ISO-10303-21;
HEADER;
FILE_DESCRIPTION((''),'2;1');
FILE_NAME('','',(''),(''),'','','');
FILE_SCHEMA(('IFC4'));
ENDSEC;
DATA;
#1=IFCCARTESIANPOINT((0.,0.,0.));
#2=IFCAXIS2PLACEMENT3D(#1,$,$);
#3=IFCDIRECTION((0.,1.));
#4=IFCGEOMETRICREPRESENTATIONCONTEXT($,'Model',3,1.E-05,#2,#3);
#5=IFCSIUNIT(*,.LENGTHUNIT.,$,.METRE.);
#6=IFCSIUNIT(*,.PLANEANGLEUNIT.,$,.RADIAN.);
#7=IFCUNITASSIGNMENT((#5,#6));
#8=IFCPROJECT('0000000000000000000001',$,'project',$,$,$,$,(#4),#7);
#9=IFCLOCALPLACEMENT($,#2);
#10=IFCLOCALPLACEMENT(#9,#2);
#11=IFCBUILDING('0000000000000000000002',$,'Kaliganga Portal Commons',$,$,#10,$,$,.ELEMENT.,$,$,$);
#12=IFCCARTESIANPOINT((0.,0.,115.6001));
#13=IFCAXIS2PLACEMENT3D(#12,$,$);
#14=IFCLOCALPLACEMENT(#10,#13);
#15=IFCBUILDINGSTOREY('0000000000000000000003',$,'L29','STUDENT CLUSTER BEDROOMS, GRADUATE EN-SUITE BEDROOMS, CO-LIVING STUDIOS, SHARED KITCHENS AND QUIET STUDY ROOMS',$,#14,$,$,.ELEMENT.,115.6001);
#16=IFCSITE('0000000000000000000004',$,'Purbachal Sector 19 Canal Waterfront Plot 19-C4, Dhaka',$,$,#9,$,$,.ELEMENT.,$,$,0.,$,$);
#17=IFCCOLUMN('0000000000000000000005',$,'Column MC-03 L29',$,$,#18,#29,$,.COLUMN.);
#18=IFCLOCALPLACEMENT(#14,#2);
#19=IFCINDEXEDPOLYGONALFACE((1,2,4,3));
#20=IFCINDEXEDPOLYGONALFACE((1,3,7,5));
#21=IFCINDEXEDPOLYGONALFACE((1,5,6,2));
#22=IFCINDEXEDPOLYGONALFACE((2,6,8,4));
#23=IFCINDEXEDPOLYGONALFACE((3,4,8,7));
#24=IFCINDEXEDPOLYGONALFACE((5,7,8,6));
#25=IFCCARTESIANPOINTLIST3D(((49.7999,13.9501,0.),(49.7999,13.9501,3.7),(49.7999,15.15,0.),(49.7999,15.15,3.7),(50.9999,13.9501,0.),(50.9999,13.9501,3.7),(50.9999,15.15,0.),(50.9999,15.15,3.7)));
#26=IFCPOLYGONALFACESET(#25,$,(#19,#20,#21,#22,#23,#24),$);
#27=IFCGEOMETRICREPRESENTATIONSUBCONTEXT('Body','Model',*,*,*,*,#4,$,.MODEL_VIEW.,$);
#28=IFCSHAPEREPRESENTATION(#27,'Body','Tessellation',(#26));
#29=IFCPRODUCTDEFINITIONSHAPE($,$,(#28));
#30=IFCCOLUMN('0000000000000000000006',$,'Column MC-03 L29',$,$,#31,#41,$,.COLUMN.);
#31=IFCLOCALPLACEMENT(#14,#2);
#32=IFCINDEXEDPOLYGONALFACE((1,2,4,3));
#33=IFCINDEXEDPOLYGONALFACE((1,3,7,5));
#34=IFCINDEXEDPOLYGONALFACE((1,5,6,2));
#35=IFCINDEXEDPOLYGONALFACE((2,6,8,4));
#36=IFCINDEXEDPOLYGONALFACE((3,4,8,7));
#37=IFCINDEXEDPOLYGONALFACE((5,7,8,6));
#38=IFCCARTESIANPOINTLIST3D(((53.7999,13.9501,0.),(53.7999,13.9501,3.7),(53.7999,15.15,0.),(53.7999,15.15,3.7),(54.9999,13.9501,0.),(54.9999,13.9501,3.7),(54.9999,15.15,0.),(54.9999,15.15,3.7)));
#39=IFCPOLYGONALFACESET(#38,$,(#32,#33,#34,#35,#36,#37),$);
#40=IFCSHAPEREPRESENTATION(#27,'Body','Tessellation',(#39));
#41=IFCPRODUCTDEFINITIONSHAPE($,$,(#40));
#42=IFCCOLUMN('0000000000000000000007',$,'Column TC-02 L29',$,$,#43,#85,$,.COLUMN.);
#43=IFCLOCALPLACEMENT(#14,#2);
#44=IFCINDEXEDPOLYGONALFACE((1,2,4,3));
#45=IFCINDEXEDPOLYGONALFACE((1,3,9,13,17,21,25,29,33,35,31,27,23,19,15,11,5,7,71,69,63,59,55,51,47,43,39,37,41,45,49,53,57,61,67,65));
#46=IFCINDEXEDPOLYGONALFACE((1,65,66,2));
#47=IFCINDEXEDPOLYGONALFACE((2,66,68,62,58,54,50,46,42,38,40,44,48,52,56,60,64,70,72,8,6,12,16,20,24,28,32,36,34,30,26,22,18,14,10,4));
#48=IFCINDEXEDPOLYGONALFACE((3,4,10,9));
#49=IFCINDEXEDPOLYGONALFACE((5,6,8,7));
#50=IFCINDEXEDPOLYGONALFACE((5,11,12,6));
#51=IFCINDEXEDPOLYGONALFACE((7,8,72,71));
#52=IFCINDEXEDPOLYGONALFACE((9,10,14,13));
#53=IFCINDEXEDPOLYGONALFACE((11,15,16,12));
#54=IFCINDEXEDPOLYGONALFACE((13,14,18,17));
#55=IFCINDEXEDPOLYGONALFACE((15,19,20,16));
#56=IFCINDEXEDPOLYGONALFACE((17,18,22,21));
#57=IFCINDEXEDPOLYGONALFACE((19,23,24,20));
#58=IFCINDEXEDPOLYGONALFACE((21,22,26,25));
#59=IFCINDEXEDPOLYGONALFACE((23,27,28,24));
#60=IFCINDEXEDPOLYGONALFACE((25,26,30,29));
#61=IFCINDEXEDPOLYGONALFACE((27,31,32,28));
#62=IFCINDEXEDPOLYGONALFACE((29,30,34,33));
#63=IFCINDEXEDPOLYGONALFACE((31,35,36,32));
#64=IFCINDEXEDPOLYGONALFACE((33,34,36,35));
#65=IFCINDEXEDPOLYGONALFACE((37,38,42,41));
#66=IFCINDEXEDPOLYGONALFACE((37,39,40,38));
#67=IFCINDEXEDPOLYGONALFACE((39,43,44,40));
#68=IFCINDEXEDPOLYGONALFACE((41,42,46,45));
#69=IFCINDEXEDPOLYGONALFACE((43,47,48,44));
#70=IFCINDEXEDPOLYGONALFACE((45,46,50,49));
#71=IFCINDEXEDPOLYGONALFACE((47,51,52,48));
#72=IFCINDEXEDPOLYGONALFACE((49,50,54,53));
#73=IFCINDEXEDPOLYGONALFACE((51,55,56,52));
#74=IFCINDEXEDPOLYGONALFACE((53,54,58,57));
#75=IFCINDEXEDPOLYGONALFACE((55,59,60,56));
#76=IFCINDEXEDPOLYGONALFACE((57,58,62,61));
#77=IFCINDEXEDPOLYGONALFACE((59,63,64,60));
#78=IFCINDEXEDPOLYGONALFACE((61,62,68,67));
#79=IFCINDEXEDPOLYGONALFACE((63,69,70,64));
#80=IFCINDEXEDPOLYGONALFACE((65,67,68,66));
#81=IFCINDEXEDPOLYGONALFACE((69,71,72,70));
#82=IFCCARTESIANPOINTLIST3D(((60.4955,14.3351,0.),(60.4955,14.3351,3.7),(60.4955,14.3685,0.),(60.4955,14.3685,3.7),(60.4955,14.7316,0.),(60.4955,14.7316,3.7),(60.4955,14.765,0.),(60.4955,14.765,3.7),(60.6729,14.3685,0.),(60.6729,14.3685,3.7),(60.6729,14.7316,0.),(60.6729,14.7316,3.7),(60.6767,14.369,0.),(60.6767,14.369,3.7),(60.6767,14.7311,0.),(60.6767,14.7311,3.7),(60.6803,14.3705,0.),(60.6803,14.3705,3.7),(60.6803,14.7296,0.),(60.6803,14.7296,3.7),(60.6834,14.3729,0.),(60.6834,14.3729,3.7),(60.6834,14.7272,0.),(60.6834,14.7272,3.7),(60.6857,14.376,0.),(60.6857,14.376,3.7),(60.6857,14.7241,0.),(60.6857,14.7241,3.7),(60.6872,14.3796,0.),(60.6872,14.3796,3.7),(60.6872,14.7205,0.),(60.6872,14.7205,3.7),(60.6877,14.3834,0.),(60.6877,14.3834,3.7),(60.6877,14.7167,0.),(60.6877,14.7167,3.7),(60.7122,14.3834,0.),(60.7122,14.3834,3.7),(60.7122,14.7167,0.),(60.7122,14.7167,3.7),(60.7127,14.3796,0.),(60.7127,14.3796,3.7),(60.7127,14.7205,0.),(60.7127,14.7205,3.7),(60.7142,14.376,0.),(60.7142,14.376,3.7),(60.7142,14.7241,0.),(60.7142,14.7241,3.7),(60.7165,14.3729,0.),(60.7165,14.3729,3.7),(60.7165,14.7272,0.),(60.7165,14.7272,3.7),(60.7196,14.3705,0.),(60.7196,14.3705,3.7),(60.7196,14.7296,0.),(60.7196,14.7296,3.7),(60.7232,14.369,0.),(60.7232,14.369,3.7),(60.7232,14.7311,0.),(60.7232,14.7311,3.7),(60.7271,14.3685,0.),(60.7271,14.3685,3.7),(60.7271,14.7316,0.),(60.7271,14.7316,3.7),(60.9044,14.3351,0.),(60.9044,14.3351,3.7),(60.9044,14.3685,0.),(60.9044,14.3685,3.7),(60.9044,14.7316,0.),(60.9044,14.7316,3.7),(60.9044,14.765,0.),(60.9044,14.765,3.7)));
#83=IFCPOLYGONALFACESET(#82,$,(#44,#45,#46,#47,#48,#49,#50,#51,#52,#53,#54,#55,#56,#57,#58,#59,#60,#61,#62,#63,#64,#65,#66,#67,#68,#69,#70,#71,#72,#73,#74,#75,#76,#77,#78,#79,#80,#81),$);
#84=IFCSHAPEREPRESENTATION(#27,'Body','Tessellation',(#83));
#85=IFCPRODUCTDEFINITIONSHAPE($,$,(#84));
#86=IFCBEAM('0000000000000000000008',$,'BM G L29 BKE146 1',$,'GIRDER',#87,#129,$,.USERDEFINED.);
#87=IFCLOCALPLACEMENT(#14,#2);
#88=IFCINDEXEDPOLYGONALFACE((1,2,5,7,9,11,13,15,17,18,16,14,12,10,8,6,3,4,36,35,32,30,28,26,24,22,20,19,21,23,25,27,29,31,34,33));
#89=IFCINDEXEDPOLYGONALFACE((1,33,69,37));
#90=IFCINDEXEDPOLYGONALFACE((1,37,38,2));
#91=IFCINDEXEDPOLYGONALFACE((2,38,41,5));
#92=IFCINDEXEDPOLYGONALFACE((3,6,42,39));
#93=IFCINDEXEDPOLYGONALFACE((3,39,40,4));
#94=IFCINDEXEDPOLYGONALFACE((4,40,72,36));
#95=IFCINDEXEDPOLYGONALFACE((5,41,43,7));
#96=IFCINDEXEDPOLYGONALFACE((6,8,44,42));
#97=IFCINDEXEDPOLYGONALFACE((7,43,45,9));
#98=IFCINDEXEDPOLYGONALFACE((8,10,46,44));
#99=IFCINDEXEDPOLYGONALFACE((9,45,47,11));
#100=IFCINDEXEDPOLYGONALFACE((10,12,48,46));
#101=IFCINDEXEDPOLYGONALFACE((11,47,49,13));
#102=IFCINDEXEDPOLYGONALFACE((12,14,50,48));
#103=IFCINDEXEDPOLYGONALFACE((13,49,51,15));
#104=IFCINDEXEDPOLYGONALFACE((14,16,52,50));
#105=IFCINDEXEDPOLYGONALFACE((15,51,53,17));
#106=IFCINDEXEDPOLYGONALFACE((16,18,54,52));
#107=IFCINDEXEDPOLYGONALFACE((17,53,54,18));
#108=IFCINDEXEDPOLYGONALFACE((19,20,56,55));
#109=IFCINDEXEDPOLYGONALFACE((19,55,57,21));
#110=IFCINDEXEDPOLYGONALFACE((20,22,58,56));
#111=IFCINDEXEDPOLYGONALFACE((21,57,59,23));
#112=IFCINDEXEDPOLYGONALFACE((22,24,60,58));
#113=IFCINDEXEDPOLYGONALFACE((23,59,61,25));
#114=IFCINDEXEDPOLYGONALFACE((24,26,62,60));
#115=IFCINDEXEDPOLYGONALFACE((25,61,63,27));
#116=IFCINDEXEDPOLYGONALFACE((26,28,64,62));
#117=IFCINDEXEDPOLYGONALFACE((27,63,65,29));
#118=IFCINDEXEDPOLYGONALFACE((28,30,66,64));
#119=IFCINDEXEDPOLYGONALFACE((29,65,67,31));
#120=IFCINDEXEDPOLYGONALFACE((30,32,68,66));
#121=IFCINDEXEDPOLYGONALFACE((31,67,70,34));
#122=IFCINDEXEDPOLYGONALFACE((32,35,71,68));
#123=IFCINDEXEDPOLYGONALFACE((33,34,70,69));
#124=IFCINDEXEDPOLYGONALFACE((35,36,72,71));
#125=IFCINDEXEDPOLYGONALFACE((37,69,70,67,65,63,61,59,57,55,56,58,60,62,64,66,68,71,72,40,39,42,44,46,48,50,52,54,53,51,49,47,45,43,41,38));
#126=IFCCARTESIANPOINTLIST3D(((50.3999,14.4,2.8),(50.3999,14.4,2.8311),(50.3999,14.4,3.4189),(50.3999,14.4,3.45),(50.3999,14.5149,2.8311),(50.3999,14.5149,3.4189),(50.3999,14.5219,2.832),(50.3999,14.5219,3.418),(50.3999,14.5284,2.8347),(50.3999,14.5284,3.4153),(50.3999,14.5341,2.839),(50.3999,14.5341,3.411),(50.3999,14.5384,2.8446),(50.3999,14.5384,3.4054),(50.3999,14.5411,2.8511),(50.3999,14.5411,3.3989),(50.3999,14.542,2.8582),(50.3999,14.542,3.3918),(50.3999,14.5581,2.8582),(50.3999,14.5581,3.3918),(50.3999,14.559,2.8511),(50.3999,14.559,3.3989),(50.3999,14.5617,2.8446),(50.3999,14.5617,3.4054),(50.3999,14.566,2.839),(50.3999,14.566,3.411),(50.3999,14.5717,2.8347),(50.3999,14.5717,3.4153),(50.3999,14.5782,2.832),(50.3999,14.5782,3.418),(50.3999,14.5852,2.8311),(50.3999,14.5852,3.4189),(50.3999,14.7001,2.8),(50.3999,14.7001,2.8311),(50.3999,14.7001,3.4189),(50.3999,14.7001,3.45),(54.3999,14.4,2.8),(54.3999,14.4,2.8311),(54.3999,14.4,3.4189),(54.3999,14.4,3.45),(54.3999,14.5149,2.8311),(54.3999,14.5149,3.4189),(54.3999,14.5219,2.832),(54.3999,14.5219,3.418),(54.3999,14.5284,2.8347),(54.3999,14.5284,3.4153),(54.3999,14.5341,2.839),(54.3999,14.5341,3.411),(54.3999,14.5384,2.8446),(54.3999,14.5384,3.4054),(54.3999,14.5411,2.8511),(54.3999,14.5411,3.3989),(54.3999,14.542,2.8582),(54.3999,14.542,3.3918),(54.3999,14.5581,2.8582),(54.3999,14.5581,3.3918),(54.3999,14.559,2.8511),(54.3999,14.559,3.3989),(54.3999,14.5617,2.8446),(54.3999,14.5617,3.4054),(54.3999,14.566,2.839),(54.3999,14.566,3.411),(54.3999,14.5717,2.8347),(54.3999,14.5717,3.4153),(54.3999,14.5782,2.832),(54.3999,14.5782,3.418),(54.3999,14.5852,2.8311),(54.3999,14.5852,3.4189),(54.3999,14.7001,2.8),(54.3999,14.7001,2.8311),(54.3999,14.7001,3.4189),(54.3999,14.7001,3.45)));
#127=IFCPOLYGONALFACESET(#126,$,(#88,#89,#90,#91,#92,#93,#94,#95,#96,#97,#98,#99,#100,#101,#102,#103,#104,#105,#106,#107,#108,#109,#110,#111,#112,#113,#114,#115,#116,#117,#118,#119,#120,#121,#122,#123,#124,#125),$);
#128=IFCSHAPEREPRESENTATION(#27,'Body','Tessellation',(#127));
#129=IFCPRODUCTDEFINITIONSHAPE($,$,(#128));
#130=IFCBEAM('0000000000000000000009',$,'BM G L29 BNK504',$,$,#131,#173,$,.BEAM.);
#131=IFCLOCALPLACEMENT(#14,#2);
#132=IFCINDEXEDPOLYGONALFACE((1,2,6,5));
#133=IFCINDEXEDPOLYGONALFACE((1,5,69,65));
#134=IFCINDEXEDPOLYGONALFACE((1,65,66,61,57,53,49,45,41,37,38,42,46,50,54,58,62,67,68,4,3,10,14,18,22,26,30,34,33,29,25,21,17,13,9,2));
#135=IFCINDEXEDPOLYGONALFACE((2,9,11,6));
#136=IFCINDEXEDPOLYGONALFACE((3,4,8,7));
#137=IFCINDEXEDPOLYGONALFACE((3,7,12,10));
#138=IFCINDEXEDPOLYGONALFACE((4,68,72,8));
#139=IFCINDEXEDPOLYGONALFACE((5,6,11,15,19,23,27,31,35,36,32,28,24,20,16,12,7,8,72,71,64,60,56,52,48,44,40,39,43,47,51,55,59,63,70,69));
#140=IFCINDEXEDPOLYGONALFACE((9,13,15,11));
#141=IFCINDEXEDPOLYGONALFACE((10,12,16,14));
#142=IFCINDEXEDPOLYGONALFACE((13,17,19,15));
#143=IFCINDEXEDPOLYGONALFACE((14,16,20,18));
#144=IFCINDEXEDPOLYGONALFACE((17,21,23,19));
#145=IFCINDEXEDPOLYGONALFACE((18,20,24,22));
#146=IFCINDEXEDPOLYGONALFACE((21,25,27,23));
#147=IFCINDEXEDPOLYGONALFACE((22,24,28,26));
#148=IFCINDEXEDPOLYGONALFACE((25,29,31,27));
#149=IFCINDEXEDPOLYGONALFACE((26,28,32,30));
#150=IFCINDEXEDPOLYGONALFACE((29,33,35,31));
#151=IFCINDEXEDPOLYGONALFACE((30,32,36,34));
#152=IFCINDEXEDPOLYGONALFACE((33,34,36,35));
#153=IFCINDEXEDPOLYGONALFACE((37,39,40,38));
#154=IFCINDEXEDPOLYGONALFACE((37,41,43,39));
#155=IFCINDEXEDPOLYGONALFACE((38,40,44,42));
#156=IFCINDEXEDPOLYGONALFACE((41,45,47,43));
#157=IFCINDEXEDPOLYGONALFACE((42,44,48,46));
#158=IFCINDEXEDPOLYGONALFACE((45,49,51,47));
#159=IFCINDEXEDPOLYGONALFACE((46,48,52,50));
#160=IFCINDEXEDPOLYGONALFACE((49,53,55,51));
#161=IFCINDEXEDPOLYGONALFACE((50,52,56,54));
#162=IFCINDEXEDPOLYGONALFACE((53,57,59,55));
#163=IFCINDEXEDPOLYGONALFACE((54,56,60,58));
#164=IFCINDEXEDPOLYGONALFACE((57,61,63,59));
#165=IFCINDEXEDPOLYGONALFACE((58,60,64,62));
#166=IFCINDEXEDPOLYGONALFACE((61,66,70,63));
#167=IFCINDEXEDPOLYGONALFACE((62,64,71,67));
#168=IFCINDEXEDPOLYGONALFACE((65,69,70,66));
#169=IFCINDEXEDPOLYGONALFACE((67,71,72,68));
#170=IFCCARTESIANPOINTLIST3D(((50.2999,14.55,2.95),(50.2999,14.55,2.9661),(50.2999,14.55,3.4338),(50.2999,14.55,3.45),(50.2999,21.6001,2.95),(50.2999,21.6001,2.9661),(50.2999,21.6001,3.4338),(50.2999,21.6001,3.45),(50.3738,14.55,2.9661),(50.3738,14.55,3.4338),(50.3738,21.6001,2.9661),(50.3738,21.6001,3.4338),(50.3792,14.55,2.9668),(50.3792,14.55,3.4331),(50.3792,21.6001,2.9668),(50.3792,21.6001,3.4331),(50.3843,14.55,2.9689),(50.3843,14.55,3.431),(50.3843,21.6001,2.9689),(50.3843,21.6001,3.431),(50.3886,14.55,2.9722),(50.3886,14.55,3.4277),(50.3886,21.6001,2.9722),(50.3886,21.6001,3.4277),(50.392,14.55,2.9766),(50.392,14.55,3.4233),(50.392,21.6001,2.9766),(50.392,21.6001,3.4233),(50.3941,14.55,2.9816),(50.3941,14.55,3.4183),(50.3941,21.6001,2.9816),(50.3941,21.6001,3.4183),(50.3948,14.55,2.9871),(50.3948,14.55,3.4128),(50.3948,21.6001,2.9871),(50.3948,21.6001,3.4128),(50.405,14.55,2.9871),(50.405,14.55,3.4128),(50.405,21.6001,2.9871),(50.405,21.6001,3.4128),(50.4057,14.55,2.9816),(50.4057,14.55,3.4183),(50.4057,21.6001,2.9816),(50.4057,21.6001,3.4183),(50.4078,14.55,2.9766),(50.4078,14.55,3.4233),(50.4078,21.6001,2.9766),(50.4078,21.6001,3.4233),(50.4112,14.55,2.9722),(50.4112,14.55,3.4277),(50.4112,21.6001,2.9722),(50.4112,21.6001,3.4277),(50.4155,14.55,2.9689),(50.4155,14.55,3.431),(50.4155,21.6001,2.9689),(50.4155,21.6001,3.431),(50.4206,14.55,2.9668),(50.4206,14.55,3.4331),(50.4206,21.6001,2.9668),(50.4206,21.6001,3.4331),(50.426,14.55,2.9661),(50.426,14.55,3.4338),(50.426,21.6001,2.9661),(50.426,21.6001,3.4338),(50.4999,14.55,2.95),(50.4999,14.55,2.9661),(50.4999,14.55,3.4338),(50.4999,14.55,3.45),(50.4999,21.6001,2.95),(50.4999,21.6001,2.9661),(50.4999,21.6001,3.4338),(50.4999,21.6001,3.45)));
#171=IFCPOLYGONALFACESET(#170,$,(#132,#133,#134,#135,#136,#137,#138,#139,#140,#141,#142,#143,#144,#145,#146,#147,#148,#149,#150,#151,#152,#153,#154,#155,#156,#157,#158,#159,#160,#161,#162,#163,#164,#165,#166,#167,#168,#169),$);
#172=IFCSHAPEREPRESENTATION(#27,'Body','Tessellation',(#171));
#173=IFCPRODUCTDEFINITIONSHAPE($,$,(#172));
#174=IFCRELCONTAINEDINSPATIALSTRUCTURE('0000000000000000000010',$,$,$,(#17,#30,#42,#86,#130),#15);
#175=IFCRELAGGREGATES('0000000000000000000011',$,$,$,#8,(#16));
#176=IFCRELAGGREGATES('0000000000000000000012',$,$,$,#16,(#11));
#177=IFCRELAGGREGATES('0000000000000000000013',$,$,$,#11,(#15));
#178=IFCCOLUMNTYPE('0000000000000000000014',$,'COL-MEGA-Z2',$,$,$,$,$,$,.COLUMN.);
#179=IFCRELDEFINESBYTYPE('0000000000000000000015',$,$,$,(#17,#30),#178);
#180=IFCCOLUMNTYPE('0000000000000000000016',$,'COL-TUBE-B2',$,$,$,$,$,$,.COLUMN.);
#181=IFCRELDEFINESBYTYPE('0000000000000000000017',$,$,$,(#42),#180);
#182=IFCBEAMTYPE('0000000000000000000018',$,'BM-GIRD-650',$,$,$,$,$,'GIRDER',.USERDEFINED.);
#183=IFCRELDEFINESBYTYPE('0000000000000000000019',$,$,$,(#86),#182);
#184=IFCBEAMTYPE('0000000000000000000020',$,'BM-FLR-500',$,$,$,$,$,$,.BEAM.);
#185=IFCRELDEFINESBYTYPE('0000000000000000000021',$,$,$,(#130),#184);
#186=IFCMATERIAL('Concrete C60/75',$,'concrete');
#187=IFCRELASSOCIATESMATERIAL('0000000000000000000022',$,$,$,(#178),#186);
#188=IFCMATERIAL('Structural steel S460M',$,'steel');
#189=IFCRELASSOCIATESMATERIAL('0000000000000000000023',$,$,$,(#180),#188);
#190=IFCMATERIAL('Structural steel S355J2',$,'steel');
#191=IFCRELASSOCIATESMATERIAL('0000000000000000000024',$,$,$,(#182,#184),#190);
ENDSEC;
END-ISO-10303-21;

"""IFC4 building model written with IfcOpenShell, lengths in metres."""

from ifc_helpers import new_model, si_unit, direction, frame, origin, origin_2d, place, context, subcontext, project, spatial, rectangle, i_section, extrude, source, transform, mapped, material, material_profile, profile_set, type_object, element, save


model = new_model("IFC4")

# Units and contexts
model_context = context("Model", 3, precision=1e-05, world=origin(), true_north=direction((0.0, 1.0)))
body_context = subcontext(model_context, "Body", "Model", "MODEL_VIEW")
ifc_project = project(units=[si_unit("LENGTHUNIT", "METRE"), si_unit("PLANEANGLEUNIT", "RADIAN")], contexts=[model_context])

# Site, building, storey
site_placement = place(None, origin())
site = spatial("IfcSite", under=ifc_project, at=site_placement, Name="Purbachal Sector 19 Canal Waterfront Plot 19-C4, Dhaka", CompositionType="ELEMENT", RefElevation=0.0)
building_placement = place(site_placement, origin())
building = spatial("IfcBuilding", under=site, at=building_placement, Name="Kaliganga Portal Commons", CompositionType="ELEMENT")
storey_placement = place(building_placement, frame((0.0, 0.0, 115.6001)))
storey = spatial("IfcBuildingStorey", under=building, at=storey_placement, Name="L29", Description="STUDENT CLUSTER BEDROOMS, GRADUATE EN-SUITE BEDROOMS, CO-LIVING STUDIOS, SHARED KITCHENS AND QUIET STUDY ROOMS", CompositionType="ELEMENT", Elevation=115.6001)

# Columns
ifc_material_1 = material(Name="Concrete C60/75", Category="concrete")
ifc_material_profile_1 = material_profile(ifc_material_1, rectangle(XDim=1.2, YDim=1.2, at=origin_2d()), Name="RC 1200x1200")
ifc_profile_set_1 = profile_set([ifc_material_profile_1], Name="Concrete C60/75")
column_type_1 = type_object("IfcColumnType", Name="COL-MEGA-Z2", PredefinedType="COLUMN", material=ifc_profile_set_1)
shared_shape_1 = source(origin(), body_context, "Body", "SweptSolid", [
    extrude(rectangle(XDim=1.2, YDim=1.2, at=origin_2d()), origin(), (0.0, 0.0, 1.0), 3.7),
])
for number, where, z_axis, x_axis, name in (
    (1, (50.3999, 14.55, 0.0), (0.0, 0.0, 1.0), (1.0, 0.0, 0.0), "Column MC-03 L29"),
    (2, (54.3999, 14.55, 0.0), (0.0, 0.0, 1.0), (1.0, 0.0, 0.0), "Column MC-03 L29"),
):
    element("IfcColumn", number, at=place(storey_placement, frame(where, z_axis=z_axis, x_axis=x_axis)), inside=storey, type_object=column_type_1, Name=name, PredefinedType="COLUMN", context=body_context, shape_type="MappedRepresentation", body=[
        mapped(shared_shape_1, transform((0.0, 0.0, 0.0), x_axis=(1.0, 0.0, 0.0), y_axis=(0.0, 1.0, 0.0), z_axis=(0.0, 0.0, 1.0), scale=1.0)),
    ])
ifc_material_2 = material(Name="Structural steel S460M", Category="steel")
ifc_material_profile_2 = material_profile(ifc_material_2, i_section(OverallWidth=0.4089, OverallDepth=0.4299, WebThickness=0.0244, FlangeThickness=0.0334, FilletRadius=0.0149, at=origin_2d()), Name="HD 400x421")
ifc_profile_set_2 = profile_set([ifc_material_profile_2], Name="Structural steel S460M wide-flange")
column_type_2 = type_object("IfcColumnType", Name="COL-TUBE-B2", PredefinedType="COLUMN", material=ifc_profile_set_2)
shared_shape_2 = source(origin(), body_context, "Body", "SweptSolid", [
    extrude(i_section(OverallWidth=0.4089, OverallDepth=0.4299, WebThickness=0.0244, FlangeThickness=0.0334, FilletRadius=0.0149, at=origin_2d()), origin(), (0.0, 0.0, 1.0), 3.7),
])
column_placement = place(storey_placement, frame((60.7, 14.55, 0.0), z_axis=(0.0, 0.0, 1.0), x_axis=(1.0, 0.0, 0.0)))
element("IfcColumn", 3, at=column_placement, inside=storey, type_object=column_type_2, Name="Column TC-02 L29", PredefinedType="COLUMN", context=body_context, shape_type="MappedRepresentation", body=[
    mapped(shared_shape_2, transform((0.0, 0.0, 0.0), x_axis=(1.0, 0.0, 0.0), y_axis=(0.0, 1.0, 0.0), z_axis=(0.0, 0.0, 1.0), scale=1.0)),
])

# Beams
ifc_material_3 = material(Name="Structural steel S355J2", Category="steel")
ifc_material_profile_3 = material_profile(ifc_material_3, i_section(OverallWidth=0.3, OverallDepth=0.6499, WebThickness=0.0161, FlangeThickness=0.031, FilletRadius=0.0271, at=origin_2d()), Name="HE 650 B")
ifc_profile_set_3 = profile_set([ifc_material_profile_3], Name="Structural steel S355J2 wide-flange")
beam_type_1 = type_object("IfcBeamType", Name="BM-GIRD-650", ElementType="GIRDER", PredefinedType="USERDEFINED", material=ifc_profile_set_3)
shared_shape_3 = source(origin(), body_context, "Body", "SweptSolid", [
    extrude(i_section(OverallWidth=0.3, OverallDepth=0.6499, WebThickness=0.0161, FlangeThickness=0.031, FilletRadius=0.0271, at=origin_2d()), origin(), (0.0, 0.0, 1.0), 4.0),
])
beam_1_placement = place(storey_placement, frame((50.3999, 14.55, 3.125), z_axis=(1.0, 0.0, 0.0), x_axis=(0.0, 1.0, 0.0)))
element("IfcBeam", 4, at=beam_1_placement, inside=storey, type_object=beam_type_1, Name="BM G L29 BKE146 1", ObjectType="GIRDER", PredefinedType="USERDEFINED", context=body_context, shape_type="MappedRepresentation", body=[
    mapped(shared_shape_3, transform((0.0, 0.0, 0.0), x_axis=(1.0, 0.0, 0.0), y_axis=(0.0, 1.0, 0.0), z_axis=(0.0, 0.0, 1.0), scale=1.0)),
])
ifc_material_profile_4 = material_profile(ifc_material_3, i_section(OverallWidth=0.2, OverallDepth=0.5, WebThickness=0.0103, FlangeThickness=0.0161, FilletRadius=0.021, at=origin_2d()), Name="IPE 500")
ifc_profile_set_4 = profile_set([ifc_material_profile_4], Name="Structural steel S355J2 wide-flange")
beam_type_2 = type_object("IfcBeamType", Name="BM-FLR-500", PredefinedType="BEAM", material=ifc_profile_set_4)
shared_shape_4 = source(origin(), body_context, "Body", "SweptSolid", [
    extrude(i_section(OverallWidth=0.2, OverallDepth=0.5, WebThickness=0.0103, FlangeThickness=0.0161, FilletRadius=0.021, at=origin_2d()), origin(), (0.0, 0.0, 1.0), 7.05),
])
for number, where, z_axis, x_axis, name in (
    (5, (50.3999, 14.55, 3.2), (0.0, 1.0, 0.0), (-1.0, 0.0, 0.0), "BM G L29 BNK504"),
):
    element("IfcBeam", number, at=place(storey_placement, frame(where, z_axis=z_axis, x_axis=x_axis)), inside=storey, type_object=beam_type_2, Name=name, PredefinedType="BEAM", context=body_context, shape_type="MappedRepresentation", body=[
        mapped(shared_shape_4, transform((0.0, 0.0, 0.0), x_axis=(1.0, 0.0, 0.0), y_axis=(0.0, 1.0, 0.0), z_axis=(0.0, 0.0, 1.0), scale=1.0)),
    ])

save(model, "model.ifc")
